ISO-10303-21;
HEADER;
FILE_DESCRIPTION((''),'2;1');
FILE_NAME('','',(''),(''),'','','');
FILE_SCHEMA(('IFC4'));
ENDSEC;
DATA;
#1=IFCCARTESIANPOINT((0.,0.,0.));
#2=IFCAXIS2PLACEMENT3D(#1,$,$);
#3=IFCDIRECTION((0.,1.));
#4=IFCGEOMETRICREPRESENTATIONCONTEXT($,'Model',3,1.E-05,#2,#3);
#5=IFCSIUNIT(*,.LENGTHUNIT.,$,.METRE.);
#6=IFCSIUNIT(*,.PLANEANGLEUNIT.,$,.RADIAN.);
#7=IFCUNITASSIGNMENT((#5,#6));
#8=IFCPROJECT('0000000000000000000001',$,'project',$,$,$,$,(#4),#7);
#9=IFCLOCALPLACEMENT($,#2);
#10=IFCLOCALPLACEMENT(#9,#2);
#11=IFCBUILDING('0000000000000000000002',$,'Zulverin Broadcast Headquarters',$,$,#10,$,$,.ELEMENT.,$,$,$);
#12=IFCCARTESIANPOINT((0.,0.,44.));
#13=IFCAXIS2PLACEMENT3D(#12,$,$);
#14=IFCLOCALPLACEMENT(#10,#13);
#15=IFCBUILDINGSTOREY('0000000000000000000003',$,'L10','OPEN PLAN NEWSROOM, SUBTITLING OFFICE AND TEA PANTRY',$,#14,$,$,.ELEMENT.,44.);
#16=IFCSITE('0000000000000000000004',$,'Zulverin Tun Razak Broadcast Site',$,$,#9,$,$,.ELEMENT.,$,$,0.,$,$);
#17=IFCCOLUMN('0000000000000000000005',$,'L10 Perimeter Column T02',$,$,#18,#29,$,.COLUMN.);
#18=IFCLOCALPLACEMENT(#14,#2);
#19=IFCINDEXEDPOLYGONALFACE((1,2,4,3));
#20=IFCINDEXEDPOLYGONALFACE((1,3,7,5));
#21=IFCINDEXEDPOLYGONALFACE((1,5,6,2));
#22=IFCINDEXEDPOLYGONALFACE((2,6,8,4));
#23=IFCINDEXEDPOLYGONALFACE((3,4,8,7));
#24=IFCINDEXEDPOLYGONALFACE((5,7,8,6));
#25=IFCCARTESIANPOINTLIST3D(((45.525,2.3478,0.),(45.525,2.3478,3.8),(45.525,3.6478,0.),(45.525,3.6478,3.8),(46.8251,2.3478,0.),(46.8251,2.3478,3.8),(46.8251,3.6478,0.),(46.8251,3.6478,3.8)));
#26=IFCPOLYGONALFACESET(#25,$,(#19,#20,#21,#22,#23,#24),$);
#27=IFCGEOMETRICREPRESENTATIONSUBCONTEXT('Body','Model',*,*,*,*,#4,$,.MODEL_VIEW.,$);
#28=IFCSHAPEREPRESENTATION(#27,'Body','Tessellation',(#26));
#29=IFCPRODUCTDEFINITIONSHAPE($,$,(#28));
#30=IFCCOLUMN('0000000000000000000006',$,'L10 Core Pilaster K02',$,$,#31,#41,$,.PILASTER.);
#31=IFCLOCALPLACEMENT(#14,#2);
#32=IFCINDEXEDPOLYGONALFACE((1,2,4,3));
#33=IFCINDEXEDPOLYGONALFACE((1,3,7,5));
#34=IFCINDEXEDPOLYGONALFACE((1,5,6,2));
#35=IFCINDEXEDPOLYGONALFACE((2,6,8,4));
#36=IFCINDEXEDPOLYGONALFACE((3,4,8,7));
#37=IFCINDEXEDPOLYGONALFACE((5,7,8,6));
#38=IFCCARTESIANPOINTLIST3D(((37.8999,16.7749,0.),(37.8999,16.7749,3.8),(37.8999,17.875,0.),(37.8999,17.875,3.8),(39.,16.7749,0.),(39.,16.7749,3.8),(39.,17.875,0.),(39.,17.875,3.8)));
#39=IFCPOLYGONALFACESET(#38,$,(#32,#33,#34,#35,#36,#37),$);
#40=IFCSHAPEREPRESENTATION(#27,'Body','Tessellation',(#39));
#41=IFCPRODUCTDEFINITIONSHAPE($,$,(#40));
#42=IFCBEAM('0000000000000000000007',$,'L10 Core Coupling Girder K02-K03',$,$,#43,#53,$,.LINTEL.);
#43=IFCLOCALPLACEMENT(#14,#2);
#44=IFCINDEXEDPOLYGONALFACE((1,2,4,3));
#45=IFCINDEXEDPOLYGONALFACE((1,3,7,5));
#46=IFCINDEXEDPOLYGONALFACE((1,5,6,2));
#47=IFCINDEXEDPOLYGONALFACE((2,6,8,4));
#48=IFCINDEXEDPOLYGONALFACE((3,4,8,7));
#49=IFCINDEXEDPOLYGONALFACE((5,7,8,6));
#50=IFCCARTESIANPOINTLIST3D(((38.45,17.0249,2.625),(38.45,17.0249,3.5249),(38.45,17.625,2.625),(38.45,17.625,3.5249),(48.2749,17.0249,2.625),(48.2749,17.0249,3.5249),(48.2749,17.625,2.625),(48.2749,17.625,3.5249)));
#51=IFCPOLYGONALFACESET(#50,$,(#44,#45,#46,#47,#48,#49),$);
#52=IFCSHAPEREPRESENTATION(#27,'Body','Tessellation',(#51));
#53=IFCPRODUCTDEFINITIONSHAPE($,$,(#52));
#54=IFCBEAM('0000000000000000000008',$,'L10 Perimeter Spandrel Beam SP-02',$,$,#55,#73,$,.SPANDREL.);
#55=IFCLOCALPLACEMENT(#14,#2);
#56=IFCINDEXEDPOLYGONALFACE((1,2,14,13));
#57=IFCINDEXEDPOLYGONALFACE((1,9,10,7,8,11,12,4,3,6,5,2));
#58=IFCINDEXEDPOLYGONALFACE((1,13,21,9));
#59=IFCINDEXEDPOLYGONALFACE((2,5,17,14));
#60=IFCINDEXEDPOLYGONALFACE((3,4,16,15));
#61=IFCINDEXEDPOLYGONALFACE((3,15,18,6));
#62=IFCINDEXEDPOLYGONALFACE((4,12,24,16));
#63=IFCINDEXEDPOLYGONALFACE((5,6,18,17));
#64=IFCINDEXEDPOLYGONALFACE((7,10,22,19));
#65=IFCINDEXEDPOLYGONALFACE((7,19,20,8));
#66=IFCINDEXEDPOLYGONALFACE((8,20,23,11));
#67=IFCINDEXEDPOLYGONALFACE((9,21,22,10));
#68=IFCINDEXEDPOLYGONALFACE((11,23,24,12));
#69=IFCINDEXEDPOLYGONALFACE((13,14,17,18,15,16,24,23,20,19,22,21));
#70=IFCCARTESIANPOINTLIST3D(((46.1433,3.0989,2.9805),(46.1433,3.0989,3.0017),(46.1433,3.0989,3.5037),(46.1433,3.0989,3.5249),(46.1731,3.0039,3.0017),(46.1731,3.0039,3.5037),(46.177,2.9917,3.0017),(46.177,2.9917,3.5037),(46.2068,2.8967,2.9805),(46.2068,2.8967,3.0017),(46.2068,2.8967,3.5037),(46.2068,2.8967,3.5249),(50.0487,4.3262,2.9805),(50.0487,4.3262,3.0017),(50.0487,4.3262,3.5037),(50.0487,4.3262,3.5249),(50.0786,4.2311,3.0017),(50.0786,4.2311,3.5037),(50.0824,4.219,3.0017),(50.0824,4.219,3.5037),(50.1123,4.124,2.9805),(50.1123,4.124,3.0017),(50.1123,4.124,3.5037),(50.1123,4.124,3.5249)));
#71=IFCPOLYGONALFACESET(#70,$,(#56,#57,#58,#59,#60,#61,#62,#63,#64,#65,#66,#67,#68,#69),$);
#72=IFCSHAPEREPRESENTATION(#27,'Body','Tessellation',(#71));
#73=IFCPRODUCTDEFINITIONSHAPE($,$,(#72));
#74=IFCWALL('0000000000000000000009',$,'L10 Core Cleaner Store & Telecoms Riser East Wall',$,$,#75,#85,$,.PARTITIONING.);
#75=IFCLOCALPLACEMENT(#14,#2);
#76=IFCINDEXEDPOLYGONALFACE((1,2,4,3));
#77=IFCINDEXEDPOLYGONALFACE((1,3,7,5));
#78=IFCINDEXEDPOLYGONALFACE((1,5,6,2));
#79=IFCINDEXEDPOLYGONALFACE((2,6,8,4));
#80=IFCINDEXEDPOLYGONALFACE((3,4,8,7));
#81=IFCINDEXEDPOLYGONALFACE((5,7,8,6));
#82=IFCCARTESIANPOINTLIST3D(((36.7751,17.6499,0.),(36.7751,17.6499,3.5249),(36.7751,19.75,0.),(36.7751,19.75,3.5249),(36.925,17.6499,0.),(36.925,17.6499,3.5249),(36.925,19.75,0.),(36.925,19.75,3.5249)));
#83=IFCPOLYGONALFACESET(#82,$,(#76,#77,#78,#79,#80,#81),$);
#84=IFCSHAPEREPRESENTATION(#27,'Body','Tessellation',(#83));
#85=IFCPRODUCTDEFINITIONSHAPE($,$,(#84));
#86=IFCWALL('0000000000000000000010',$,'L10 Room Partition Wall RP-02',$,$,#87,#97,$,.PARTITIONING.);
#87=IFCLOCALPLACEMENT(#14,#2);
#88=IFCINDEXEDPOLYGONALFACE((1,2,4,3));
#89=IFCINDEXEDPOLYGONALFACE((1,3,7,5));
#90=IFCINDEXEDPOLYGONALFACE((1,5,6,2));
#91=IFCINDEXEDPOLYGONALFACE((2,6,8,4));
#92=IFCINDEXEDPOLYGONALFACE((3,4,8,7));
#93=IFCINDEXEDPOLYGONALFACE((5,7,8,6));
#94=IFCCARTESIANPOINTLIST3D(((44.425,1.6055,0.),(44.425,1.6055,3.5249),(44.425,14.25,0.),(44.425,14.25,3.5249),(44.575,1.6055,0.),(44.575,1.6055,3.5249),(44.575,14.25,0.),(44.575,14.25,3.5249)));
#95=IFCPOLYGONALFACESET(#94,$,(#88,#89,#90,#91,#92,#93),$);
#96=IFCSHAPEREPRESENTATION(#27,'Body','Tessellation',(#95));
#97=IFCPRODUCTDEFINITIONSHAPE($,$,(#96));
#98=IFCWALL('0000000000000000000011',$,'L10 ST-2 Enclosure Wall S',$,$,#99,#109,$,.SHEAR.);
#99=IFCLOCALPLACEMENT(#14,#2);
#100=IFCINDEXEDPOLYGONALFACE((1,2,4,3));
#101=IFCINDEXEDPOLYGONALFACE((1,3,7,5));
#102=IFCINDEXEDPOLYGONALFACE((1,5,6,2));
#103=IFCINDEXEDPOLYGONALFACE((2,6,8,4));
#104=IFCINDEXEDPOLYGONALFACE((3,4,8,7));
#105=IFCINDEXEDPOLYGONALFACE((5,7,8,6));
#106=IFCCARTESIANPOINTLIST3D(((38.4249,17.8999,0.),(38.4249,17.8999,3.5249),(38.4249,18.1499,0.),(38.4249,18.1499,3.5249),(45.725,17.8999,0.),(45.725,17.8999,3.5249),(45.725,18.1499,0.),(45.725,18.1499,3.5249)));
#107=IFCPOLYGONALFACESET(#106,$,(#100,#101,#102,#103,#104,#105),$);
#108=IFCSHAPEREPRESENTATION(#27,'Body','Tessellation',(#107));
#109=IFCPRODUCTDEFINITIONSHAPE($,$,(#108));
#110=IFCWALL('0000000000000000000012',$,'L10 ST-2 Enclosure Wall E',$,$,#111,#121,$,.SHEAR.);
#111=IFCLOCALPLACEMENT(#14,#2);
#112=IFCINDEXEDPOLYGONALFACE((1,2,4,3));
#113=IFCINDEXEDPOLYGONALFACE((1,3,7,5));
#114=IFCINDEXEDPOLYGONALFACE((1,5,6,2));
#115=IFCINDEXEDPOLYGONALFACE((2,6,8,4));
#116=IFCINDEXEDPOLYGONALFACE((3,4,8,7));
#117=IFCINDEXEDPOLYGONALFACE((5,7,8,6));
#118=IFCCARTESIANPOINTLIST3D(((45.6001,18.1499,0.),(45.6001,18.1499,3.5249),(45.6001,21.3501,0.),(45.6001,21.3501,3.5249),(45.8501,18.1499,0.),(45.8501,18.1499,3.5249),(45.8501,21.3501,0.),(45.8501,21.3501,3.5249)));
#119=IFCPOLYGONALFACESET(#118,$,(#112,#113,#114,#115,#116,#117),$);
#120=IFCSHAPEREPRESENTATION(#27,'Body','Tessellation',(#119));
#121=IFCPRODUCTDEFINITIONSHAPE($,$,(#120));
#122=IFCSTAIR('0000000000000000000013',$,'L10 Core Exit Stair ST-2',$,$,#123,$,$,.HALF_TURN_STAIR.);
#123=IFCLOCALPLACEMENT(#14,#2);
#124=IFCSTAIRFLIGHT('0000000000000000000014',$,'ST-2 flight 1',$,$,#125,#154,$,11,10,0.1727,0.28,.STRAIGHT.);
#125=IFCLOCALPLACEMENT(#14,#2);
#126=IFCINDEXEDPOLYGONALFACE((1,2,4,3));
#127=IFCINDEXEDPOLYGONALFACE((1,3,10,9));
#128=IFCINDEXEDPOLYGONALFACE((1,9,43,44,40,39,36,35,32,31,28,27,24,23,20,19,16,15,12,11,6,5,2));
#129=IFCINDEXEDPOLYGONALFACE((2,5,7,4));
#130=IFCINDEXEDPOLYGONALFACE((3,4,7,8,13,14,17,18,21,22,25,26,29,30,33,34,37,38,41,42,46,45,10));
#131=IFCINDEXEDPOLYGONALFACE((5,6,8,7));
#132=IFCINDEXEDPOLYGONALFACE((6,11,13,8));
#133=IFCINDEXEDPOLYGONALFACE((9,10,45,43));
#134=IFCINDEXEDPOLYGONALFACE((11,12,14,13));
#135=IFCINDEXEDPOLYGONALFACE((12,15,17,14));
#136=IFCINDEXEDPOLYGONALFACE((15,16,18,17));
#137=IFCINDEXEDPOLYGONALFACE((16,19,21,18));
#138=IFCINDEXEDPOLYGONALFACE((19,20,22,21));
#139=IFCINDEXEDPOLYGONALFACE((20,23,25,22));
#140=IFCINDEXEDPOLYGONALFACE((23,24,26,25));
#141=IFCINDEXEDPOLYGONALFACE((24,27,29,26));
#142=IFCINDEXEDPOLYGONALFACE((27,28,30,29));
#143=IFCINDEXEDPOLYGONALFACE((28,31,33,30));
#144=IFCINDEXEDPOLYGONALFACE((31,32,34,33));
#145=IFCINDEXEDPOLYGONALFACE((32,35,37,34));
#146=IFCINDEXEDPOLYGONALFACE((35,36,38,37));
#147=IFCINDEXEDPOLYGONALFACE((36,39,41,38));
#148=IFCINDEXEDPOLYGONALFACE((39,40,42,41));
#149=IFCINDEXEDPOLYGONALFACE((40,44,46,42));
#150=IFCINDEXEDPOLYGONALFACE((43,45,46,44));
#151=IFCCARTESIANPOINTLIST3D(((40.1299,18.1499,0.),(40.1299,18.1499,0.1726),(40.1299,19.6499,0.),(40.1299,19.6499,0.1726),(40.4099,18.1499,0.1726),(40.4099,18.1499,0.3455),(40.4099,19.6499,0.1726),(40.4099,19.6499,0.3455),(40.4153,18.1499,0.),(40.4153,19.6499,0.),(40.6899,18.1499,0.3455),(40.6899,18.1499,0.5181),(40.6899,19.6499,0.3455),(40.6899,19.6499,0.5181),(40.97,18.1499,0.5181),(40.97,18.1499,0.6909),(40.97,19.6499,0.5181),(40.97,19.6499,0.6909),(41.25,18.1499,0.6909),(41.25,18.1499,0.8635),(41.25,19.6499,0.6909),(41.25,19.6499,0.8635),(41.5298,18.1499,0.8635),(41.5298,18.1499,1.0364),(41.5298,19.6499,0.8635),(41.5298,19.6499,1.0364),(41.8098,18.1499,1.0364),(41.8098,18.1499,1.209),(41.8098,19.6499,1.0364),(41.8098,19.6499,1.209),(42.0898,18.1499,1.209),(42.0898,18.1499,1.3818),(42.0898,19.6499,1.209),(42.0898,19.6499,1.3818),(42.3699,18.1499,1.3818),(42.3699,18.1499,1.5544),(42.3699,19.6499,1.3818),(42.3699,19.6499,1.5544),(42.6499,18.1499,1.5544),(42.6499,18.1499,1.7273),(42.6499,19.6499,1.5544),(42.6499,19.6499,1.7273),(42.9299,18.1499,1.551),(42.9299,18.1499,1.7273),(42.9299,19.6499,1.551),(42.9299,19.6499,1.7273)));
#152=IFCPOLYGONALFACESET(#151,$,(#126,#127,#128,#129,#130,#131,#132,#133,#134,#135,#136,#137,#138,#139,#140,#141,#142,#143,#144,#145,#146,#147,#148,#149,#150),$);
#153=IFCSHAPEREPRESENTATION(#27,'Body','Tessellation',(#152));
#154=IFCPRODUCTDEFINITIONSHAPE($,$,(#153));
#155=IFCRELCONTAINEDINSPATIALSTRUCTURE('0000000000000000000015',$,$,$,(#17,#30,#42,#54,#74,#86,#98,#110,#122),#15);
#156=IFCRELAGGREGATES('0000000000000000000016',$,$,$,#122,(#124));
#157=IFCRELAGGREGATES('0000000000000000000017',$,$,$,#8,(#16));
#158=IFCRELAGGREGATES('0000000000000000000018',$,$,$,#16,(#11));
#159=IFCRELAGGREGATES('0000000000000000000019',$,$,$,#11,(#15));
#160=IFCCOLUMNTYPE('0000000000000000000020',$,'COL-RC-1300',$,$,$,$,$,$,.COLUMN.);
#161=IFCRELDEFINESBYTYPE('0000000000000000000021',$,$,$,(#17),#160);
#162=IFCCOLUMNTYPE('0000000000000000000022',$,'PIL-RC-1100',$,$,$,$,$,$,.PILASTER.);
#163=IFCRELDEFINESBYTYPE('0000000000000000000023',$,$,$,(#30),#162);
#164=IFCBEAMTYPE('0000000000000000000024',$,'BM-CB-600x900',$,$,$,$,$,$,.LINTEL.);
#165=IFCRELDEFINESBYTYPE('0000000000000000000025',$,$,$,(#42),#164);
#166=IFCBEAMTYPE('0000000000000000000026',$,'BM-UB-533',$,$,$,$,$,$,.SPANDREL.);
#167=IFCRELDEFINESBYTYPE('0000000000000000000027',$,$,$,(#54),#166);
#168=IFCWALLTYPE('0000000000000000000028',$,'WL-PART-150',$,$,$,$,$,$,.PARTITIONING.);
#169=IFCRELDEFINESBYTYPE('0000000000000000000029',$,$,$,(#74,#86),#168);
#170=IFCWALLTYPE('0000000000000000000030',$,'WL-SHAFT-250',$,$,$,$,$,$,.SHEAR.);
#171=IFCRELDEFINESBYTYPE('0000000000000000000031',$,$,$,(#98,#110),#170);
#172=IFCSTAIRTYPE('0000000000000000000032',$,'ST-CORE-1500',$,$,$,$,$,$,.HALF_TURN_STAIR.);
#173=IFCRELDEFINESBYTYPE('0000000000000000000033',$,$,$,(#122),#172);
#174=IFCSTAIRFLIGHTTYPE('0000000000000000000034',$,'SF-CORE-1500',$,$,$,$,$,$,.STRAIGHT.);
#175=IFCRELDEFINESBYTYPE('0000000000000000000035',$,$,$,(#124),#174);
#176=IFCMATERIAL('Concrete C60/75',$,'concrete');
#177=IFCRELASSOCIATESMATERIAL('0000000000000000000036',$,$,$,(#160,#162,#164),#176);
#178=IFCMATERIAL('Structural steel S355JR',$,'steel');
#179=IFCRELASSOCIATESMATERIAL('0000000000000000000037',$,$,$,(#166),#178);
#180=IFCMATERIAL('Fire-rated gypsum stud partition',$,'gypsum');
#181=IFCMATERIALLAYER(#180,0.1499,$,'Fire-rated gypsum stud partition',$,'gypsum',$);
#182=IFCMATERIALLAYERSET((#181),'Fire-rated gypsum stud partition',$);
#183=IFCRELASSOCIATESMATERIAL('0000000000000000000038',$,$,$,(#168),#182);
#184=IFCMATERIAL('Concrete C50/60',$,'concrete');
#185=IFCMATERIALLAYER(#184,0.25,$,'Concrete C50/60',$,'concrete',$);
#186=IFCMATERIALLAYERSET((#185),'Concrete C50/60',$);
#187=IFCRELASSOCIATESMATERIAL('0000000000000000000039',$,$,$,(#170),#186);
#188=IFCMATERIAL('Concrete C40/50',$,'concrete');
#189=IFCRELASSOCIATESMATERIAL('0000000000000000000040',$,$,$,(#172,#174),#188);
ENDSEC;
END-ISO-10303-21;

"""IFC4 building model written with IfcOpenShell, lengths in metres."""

from ifc_helpers import new_model, si_unit, direction, frame, frame_2d, origin, origin_2d, place, context, subcontext, project, spatial, polyline, rectangle, i_section, outline, extrude, material, layer, layer_set, material_profile, profile_set, type_object, element, aggregate, save


model = new_model("IFC4")

# Units and contexts
model_context = context("Model", 3, precision=1e-05, world=origin(), true_north=direction((0.0, 1.0)))
body_context = subcontext(model_context, "Body", "Model", "MODEL_VIEW")
ifc_project = project(units=[si_unit("LENGTHUNIT", "METRE"), si_unit("PLANEANGLEUNIT", "RADIAN")], contexts=[model_context])

# Site, building, storey
site_placement = place(None, origin())
site = spatial("IfcSite", under=ifc_project, at=site_placement, Name="Zulverin Tun Razak Broadcast Site", CompositionType="ELEMENT", RefElevation=0.0)
building_placement = place(site_placement, origin())
building = spatial("IfcBuilding", under=site, at=building_placement, Name="Zulverin Broadcast Headquarters", CompositionType="ELEMENT")
storey_placement = place(building_placement, frame((0.0, 0.0, 44.0)))
storey = spatial("IfcBuildingStorey", under=building, at=storey_placement, Name="L10", Description="OPEN PLAN NEWSROOM, SUBTITLING OFFICE AND TEA PANTRY", CompositionType="ELEMENT", Elevation=44.0)

# Columns
ifc_material_1 = material(Name="Concrete C60/75", Category="concrete")
ifc_material_profile_1 = material_profile(ifc_material_1, rectangle(XDim=1.3, YDim=1.3, at=origin_2d()), Name="Concrete C60/75", Category="concrete")
ifc_profile_set_1 = profile_set([ifc_material_profile_1], Name="Concrete C60/75")
column_type_1 = type_object("IfcColumnType", Name="COL-RC-1300", PredefinedType="COLUMN", material=ifc_profile_set_1)
column_1_placement = place(storey_placement, frame((46.175, 2.9978, 0.0), z_axis=(0.0, 0.0, 1.0), x_axis=(1.0, 0.0, 0.0)))
element("IfcColumn", 1, at=column_1_placement, inside=storey, type_object=column_type_1, Name="L10 Perimeter Column T02", PredefinedType="COLUMN", context=body_context, shape_type="SweptSolid", body=[
    extrude(rectangle(XDim=1.3, YDim=1.3, at=origin_2d()), origin(), (0.0, 0.0, 1.0), 3.8),
])
ifc_material_profile_2 = material_profile(ifc_material_1, rectangle(XDim=1.1001, YDim=1.1001, at=origin_2d()), Name="Concrete C60/75", Category="concrete")
ifc_profile_set_2 = profile_set([ifc_material_profile_2], Name="Concrete C60/75")
column_type_2 = type_object("IfcColumnType", Name="PIL-RC-1100", PredefinedType="PILASTER", material=ifc_profile_set_2)
column_2_placement = place(storey_placement, frame((38.45, 17.325, 0.0), z_axis=(0.0, 0.0, 1.0), x_axis=(1.0, 0.0, 0.0)))
element("IfcColumn", 2, at=column_2_placement, inside=storey, type_object=column_type_2, Name="L10 Core Pilaster K02", PredefinedType="PILASTER", context=body_context, shape_type="SweptSolid", body=[
    extrude(rectangle(XDim=1.1001, YDim=1.1001, at=origin_2d()), origin(), (0.0, 0.0, 1.0), 3.8),
])

# Beams
ifc_material_profile_3 = material_profile(ifc_material_1, rectangle(XDim=0.6001, YDim=0.8999, at=origin_2d()), Name="Concrete C60/75", Category="concrete")
ifc_profile_set_3 = profile_set([ifc_material_profile_3], Name="Concrete C60/75")
beam_type_1 = type_object("IfcBeamType", Name="BM-CB-600x900", PredefinedType="LINTEL", material=ifc_profile_set_3)
beam_1_placement = place(storey_placement, frame((38.45, 17.325, 3.075), z_axis=(1.0, 0.0, 0.0), x_axis=(0.0, 1.0, 0.0)))
element("IfcBeam", 3, at=beam_1_placement, inside=storey, type_object=beam_type_1, Name="L10 Core Coupling Girder K02-K03", PredefinedType="LINTEL", context=body_context, shape_type="SweptSolid", body=[
    extrude(rectangle(XDim=0.6001, YDim=0.8999, at=origin_2d()), origin(), (0.0, 0.0, 1.0), 9.825),
])
ifc_material_2 = material(Name="Structural steel S355JR", Category="steel")
ifc_material_profile_4 = material_profile(ifc_material_2, i_section(OverallWidth=0.2119, OverallDepth=0.5444, WebThickness=0.0127, FlangeThickness=0.0212, at=origin_2d()), Name="Structural steel S355JR", Category="steel")
ifc_profile_set_4 = profile_set([ifc_material_profile_4], Name="Structural steel S355JR")
beam_type_2 = type_object("IfcBeamType", Name="BM-UB-533", PredefinedType="SPANDREL", material=ifc_profile_set_4)
beam_2_placement = place(storey_placement, frame((46.175, 2.9978, 3.2527), z_axis=(0.954004, 0.299792, 0.0), x_axis=(-0.299792, 0.954004, 0.0)))
element("IfcBeam", 4, at=beam_2_placement, inside=storey, type_object=beam_type_2, Name="L10 Perimeter Spandrel Beam SP-02", PredefinedType="SPANDREL", context=body_context, shape_type="SweptSolid", body=[
    extrude(i_section(OverallWidth=0.2119, OverallDepth=0.5444, WebThickness=0.0127, FlangeThickness=0.0212, at=origin_2d()), origin(), (0.0, 0.0, 1.0), 4.0938),
])

# Walls
ifc_material_3 = material(Name="Fire-rated gypsum stud partition", Category="gypsum")
ifc_layer_1 = layer(ifc_material_3, 0.1499, Name="Fire-rated gypsum stud partition", Category="gypsum")
ifc_layer_set_1 = layer_set([ifc_layer_1], Name="Fire-rated gypsum stud partition")
wall_type_1 = type_object("IfcWallType", Name="WL-PART-150", PredefinedType="PARTITIONING", material=ifc_layer_set_1)
wall_1_placement = place(storey_placement, frame((36.8501, 17.6499, 0.0), z_axis=(0.0, 0.0, 1.0), x_axis=(0.0, 1.0, 0.0)))
element("IfcWall", 5, at=wall_1_placement, inside=storey, type_object=wall_type_1, Name="L10 Core Cleaner Store & Telecoms Riser East Wall", PredefinedType="PARTITIONING", context=body_context, shape_type="SweptSolid", body=[
    extrude(rectangle(XDim=2.1001, YDim=0.1499, at=frame_2d((1.05, 0.0))), origin(), (0.0, 0.0, 1.0), 3.5249),
])
wall_2_placement = place(storey_placement, frame((44.5, 1.6055, 0.0), z_axis=(0.0, 0.0, 1.0), x_axis=(0.0, 1.0, 0.0)))
element("IfcWall", 6, at=wall_2_placement, inside=storey, type_object=wall_type_1, Name="L10 Room Partition Wall RP-02", PredefinedType="PARTITIONING", context=body_context, shape_type="SweptSolid", body=[
    extrude(rectangle(XDim=12.6445, YDim=0.1499, at=frame_2d((6.3223, 0.0))), origin(), (0.0, 0.0, 1.0), 3.5249),
])
ifc_material_4 = material(Name="Concrete C50/60", Category="concrete")
ifc_layer_2 = layer(ifc_material_4, 0.25, Name="Concrete C50/60", Category="concrete")
ifc_layer_set_2 = layer_set([ifc_layer_2], Name="Concrete C50/60")
wall_type_2 = type_object("IfcWallType", Name="WL-SHAFT-250", PredefinedType="SHEAR", material=ifc_layer_set_2)
wall_3_placement = place(storey_placement, frame((38.425, 18.0249, 0.0), z_axis=(0.0, 0.0, 1.0), x_axis=(1.0, 0.0, 0.0)))
element("IfcWall", 7, at=wall_3_placement, inside=storey, type_object=wall_type_2, Name="L10 ST-2 Enclosure Wall S", PredefinedType="SHEAR", context=body_context, shape_type="SweptSolid", body=[
    extrude(rectangle(XDim=7.3, YDim=0.25, at=frame_2d((3.6499, 0.0))), origin(), (0.0, 0.0, 1.0), 3.5249),
])

# Wall
wall_4_placement = place(storey_placement, frame((45.7251, 18.1499, 0.0), z_axis=(0.0, 0.0, 1.0), x_axis=(0.0, 1.0, 0.0)))
element("IfcWall", 8, at=wall_4_placement, inside=storey, type_object=wall_type_2, Name="L10 ST-2 Enclosure Wall E", PredefinedType="SHEAR", context=body_context, shape_type="SweptSolid", body=[
    extrude(rectangle(XDim=3.2002, YDim=0.25, at=frame_2d((1.6001, 0.0))), origin(), (0.0, 0.0, 1.0), 3.5249),
])

# Stair, stair flight
ifc_material_5 = material(Name="Concrete C40/50", Category="concrete")
stair_type = type_object("IfcStairType", Name="ST-CORE-1500", PredefinedType="HALF_TURN_STAIR", material=ifc_material_5)
stair_placement = place(storey_placement, origin())
stair = element("IfcStair", 9, at=stair_placement, inside=storey, type_object=stair_type, Name="L10 Core Exit Stair ST-2", PredefinedType="HALF_TURN_STAIR")
stair_flight_type = type_object("IfcStairFlightType", Name="SF-CORE-1500", PredefinedType="STRAIGHT", material=ifc_material_5)
stair_flight_placement = place(storey_placement, frame((40.1299, 18.8999, 0.0), z_axis=(0.0, 0.0, 1.0), x_axis=(1.0, 0.0, 0.0)))
stair_flight = element("IfcStairFlight", 10, at=stair_flight_placement, type_object=stair_flight_type, Name="ST-2 flight 1", NumberOfRisers=11, NumberOfTreads=10, PredefinedType="STRAIGHT", RiserHeight=0.1727, TreadLength=0.28, context=body_context, shape_type="SweptSolid", body=[
    extrude(outline(polyline([(0.0, 0.0), (0.0, 0.1726), (0.28, 0.1726), (0.28, 0.3455), (0.5601, 0.3455), (0.5601, 0.5181), (0.8401, 0.5181), (0.8401, 0.6909), (1.1201, 0.6909), (1.1201, 0.8635), (1.3999, 0.8635), (1.3999, 1.0364), (1.6799, 1.0364), (1.6799, 1.209), (1.96, 1.209), (1.96, 1.3818), (2.24, 1.3818), (2.24, 1.5544), (2.52, 1.5544), (2.52, 1.7273), (2.8, 1.7273), (2.8, 1.8999), (2.8, 1.551), (0.2854, 0.0), (0.0, 0.0)])), frame((0.0, 0.75, 0.0), z_axis=(0.0, -1.0, 0.0), x_axis=(1.0, 0.0, 0.0)), (0.0, 0.0, 1.0), 1.5),
])
aggregate(stair, [stair_flight])

save(model, "model.ifc")
